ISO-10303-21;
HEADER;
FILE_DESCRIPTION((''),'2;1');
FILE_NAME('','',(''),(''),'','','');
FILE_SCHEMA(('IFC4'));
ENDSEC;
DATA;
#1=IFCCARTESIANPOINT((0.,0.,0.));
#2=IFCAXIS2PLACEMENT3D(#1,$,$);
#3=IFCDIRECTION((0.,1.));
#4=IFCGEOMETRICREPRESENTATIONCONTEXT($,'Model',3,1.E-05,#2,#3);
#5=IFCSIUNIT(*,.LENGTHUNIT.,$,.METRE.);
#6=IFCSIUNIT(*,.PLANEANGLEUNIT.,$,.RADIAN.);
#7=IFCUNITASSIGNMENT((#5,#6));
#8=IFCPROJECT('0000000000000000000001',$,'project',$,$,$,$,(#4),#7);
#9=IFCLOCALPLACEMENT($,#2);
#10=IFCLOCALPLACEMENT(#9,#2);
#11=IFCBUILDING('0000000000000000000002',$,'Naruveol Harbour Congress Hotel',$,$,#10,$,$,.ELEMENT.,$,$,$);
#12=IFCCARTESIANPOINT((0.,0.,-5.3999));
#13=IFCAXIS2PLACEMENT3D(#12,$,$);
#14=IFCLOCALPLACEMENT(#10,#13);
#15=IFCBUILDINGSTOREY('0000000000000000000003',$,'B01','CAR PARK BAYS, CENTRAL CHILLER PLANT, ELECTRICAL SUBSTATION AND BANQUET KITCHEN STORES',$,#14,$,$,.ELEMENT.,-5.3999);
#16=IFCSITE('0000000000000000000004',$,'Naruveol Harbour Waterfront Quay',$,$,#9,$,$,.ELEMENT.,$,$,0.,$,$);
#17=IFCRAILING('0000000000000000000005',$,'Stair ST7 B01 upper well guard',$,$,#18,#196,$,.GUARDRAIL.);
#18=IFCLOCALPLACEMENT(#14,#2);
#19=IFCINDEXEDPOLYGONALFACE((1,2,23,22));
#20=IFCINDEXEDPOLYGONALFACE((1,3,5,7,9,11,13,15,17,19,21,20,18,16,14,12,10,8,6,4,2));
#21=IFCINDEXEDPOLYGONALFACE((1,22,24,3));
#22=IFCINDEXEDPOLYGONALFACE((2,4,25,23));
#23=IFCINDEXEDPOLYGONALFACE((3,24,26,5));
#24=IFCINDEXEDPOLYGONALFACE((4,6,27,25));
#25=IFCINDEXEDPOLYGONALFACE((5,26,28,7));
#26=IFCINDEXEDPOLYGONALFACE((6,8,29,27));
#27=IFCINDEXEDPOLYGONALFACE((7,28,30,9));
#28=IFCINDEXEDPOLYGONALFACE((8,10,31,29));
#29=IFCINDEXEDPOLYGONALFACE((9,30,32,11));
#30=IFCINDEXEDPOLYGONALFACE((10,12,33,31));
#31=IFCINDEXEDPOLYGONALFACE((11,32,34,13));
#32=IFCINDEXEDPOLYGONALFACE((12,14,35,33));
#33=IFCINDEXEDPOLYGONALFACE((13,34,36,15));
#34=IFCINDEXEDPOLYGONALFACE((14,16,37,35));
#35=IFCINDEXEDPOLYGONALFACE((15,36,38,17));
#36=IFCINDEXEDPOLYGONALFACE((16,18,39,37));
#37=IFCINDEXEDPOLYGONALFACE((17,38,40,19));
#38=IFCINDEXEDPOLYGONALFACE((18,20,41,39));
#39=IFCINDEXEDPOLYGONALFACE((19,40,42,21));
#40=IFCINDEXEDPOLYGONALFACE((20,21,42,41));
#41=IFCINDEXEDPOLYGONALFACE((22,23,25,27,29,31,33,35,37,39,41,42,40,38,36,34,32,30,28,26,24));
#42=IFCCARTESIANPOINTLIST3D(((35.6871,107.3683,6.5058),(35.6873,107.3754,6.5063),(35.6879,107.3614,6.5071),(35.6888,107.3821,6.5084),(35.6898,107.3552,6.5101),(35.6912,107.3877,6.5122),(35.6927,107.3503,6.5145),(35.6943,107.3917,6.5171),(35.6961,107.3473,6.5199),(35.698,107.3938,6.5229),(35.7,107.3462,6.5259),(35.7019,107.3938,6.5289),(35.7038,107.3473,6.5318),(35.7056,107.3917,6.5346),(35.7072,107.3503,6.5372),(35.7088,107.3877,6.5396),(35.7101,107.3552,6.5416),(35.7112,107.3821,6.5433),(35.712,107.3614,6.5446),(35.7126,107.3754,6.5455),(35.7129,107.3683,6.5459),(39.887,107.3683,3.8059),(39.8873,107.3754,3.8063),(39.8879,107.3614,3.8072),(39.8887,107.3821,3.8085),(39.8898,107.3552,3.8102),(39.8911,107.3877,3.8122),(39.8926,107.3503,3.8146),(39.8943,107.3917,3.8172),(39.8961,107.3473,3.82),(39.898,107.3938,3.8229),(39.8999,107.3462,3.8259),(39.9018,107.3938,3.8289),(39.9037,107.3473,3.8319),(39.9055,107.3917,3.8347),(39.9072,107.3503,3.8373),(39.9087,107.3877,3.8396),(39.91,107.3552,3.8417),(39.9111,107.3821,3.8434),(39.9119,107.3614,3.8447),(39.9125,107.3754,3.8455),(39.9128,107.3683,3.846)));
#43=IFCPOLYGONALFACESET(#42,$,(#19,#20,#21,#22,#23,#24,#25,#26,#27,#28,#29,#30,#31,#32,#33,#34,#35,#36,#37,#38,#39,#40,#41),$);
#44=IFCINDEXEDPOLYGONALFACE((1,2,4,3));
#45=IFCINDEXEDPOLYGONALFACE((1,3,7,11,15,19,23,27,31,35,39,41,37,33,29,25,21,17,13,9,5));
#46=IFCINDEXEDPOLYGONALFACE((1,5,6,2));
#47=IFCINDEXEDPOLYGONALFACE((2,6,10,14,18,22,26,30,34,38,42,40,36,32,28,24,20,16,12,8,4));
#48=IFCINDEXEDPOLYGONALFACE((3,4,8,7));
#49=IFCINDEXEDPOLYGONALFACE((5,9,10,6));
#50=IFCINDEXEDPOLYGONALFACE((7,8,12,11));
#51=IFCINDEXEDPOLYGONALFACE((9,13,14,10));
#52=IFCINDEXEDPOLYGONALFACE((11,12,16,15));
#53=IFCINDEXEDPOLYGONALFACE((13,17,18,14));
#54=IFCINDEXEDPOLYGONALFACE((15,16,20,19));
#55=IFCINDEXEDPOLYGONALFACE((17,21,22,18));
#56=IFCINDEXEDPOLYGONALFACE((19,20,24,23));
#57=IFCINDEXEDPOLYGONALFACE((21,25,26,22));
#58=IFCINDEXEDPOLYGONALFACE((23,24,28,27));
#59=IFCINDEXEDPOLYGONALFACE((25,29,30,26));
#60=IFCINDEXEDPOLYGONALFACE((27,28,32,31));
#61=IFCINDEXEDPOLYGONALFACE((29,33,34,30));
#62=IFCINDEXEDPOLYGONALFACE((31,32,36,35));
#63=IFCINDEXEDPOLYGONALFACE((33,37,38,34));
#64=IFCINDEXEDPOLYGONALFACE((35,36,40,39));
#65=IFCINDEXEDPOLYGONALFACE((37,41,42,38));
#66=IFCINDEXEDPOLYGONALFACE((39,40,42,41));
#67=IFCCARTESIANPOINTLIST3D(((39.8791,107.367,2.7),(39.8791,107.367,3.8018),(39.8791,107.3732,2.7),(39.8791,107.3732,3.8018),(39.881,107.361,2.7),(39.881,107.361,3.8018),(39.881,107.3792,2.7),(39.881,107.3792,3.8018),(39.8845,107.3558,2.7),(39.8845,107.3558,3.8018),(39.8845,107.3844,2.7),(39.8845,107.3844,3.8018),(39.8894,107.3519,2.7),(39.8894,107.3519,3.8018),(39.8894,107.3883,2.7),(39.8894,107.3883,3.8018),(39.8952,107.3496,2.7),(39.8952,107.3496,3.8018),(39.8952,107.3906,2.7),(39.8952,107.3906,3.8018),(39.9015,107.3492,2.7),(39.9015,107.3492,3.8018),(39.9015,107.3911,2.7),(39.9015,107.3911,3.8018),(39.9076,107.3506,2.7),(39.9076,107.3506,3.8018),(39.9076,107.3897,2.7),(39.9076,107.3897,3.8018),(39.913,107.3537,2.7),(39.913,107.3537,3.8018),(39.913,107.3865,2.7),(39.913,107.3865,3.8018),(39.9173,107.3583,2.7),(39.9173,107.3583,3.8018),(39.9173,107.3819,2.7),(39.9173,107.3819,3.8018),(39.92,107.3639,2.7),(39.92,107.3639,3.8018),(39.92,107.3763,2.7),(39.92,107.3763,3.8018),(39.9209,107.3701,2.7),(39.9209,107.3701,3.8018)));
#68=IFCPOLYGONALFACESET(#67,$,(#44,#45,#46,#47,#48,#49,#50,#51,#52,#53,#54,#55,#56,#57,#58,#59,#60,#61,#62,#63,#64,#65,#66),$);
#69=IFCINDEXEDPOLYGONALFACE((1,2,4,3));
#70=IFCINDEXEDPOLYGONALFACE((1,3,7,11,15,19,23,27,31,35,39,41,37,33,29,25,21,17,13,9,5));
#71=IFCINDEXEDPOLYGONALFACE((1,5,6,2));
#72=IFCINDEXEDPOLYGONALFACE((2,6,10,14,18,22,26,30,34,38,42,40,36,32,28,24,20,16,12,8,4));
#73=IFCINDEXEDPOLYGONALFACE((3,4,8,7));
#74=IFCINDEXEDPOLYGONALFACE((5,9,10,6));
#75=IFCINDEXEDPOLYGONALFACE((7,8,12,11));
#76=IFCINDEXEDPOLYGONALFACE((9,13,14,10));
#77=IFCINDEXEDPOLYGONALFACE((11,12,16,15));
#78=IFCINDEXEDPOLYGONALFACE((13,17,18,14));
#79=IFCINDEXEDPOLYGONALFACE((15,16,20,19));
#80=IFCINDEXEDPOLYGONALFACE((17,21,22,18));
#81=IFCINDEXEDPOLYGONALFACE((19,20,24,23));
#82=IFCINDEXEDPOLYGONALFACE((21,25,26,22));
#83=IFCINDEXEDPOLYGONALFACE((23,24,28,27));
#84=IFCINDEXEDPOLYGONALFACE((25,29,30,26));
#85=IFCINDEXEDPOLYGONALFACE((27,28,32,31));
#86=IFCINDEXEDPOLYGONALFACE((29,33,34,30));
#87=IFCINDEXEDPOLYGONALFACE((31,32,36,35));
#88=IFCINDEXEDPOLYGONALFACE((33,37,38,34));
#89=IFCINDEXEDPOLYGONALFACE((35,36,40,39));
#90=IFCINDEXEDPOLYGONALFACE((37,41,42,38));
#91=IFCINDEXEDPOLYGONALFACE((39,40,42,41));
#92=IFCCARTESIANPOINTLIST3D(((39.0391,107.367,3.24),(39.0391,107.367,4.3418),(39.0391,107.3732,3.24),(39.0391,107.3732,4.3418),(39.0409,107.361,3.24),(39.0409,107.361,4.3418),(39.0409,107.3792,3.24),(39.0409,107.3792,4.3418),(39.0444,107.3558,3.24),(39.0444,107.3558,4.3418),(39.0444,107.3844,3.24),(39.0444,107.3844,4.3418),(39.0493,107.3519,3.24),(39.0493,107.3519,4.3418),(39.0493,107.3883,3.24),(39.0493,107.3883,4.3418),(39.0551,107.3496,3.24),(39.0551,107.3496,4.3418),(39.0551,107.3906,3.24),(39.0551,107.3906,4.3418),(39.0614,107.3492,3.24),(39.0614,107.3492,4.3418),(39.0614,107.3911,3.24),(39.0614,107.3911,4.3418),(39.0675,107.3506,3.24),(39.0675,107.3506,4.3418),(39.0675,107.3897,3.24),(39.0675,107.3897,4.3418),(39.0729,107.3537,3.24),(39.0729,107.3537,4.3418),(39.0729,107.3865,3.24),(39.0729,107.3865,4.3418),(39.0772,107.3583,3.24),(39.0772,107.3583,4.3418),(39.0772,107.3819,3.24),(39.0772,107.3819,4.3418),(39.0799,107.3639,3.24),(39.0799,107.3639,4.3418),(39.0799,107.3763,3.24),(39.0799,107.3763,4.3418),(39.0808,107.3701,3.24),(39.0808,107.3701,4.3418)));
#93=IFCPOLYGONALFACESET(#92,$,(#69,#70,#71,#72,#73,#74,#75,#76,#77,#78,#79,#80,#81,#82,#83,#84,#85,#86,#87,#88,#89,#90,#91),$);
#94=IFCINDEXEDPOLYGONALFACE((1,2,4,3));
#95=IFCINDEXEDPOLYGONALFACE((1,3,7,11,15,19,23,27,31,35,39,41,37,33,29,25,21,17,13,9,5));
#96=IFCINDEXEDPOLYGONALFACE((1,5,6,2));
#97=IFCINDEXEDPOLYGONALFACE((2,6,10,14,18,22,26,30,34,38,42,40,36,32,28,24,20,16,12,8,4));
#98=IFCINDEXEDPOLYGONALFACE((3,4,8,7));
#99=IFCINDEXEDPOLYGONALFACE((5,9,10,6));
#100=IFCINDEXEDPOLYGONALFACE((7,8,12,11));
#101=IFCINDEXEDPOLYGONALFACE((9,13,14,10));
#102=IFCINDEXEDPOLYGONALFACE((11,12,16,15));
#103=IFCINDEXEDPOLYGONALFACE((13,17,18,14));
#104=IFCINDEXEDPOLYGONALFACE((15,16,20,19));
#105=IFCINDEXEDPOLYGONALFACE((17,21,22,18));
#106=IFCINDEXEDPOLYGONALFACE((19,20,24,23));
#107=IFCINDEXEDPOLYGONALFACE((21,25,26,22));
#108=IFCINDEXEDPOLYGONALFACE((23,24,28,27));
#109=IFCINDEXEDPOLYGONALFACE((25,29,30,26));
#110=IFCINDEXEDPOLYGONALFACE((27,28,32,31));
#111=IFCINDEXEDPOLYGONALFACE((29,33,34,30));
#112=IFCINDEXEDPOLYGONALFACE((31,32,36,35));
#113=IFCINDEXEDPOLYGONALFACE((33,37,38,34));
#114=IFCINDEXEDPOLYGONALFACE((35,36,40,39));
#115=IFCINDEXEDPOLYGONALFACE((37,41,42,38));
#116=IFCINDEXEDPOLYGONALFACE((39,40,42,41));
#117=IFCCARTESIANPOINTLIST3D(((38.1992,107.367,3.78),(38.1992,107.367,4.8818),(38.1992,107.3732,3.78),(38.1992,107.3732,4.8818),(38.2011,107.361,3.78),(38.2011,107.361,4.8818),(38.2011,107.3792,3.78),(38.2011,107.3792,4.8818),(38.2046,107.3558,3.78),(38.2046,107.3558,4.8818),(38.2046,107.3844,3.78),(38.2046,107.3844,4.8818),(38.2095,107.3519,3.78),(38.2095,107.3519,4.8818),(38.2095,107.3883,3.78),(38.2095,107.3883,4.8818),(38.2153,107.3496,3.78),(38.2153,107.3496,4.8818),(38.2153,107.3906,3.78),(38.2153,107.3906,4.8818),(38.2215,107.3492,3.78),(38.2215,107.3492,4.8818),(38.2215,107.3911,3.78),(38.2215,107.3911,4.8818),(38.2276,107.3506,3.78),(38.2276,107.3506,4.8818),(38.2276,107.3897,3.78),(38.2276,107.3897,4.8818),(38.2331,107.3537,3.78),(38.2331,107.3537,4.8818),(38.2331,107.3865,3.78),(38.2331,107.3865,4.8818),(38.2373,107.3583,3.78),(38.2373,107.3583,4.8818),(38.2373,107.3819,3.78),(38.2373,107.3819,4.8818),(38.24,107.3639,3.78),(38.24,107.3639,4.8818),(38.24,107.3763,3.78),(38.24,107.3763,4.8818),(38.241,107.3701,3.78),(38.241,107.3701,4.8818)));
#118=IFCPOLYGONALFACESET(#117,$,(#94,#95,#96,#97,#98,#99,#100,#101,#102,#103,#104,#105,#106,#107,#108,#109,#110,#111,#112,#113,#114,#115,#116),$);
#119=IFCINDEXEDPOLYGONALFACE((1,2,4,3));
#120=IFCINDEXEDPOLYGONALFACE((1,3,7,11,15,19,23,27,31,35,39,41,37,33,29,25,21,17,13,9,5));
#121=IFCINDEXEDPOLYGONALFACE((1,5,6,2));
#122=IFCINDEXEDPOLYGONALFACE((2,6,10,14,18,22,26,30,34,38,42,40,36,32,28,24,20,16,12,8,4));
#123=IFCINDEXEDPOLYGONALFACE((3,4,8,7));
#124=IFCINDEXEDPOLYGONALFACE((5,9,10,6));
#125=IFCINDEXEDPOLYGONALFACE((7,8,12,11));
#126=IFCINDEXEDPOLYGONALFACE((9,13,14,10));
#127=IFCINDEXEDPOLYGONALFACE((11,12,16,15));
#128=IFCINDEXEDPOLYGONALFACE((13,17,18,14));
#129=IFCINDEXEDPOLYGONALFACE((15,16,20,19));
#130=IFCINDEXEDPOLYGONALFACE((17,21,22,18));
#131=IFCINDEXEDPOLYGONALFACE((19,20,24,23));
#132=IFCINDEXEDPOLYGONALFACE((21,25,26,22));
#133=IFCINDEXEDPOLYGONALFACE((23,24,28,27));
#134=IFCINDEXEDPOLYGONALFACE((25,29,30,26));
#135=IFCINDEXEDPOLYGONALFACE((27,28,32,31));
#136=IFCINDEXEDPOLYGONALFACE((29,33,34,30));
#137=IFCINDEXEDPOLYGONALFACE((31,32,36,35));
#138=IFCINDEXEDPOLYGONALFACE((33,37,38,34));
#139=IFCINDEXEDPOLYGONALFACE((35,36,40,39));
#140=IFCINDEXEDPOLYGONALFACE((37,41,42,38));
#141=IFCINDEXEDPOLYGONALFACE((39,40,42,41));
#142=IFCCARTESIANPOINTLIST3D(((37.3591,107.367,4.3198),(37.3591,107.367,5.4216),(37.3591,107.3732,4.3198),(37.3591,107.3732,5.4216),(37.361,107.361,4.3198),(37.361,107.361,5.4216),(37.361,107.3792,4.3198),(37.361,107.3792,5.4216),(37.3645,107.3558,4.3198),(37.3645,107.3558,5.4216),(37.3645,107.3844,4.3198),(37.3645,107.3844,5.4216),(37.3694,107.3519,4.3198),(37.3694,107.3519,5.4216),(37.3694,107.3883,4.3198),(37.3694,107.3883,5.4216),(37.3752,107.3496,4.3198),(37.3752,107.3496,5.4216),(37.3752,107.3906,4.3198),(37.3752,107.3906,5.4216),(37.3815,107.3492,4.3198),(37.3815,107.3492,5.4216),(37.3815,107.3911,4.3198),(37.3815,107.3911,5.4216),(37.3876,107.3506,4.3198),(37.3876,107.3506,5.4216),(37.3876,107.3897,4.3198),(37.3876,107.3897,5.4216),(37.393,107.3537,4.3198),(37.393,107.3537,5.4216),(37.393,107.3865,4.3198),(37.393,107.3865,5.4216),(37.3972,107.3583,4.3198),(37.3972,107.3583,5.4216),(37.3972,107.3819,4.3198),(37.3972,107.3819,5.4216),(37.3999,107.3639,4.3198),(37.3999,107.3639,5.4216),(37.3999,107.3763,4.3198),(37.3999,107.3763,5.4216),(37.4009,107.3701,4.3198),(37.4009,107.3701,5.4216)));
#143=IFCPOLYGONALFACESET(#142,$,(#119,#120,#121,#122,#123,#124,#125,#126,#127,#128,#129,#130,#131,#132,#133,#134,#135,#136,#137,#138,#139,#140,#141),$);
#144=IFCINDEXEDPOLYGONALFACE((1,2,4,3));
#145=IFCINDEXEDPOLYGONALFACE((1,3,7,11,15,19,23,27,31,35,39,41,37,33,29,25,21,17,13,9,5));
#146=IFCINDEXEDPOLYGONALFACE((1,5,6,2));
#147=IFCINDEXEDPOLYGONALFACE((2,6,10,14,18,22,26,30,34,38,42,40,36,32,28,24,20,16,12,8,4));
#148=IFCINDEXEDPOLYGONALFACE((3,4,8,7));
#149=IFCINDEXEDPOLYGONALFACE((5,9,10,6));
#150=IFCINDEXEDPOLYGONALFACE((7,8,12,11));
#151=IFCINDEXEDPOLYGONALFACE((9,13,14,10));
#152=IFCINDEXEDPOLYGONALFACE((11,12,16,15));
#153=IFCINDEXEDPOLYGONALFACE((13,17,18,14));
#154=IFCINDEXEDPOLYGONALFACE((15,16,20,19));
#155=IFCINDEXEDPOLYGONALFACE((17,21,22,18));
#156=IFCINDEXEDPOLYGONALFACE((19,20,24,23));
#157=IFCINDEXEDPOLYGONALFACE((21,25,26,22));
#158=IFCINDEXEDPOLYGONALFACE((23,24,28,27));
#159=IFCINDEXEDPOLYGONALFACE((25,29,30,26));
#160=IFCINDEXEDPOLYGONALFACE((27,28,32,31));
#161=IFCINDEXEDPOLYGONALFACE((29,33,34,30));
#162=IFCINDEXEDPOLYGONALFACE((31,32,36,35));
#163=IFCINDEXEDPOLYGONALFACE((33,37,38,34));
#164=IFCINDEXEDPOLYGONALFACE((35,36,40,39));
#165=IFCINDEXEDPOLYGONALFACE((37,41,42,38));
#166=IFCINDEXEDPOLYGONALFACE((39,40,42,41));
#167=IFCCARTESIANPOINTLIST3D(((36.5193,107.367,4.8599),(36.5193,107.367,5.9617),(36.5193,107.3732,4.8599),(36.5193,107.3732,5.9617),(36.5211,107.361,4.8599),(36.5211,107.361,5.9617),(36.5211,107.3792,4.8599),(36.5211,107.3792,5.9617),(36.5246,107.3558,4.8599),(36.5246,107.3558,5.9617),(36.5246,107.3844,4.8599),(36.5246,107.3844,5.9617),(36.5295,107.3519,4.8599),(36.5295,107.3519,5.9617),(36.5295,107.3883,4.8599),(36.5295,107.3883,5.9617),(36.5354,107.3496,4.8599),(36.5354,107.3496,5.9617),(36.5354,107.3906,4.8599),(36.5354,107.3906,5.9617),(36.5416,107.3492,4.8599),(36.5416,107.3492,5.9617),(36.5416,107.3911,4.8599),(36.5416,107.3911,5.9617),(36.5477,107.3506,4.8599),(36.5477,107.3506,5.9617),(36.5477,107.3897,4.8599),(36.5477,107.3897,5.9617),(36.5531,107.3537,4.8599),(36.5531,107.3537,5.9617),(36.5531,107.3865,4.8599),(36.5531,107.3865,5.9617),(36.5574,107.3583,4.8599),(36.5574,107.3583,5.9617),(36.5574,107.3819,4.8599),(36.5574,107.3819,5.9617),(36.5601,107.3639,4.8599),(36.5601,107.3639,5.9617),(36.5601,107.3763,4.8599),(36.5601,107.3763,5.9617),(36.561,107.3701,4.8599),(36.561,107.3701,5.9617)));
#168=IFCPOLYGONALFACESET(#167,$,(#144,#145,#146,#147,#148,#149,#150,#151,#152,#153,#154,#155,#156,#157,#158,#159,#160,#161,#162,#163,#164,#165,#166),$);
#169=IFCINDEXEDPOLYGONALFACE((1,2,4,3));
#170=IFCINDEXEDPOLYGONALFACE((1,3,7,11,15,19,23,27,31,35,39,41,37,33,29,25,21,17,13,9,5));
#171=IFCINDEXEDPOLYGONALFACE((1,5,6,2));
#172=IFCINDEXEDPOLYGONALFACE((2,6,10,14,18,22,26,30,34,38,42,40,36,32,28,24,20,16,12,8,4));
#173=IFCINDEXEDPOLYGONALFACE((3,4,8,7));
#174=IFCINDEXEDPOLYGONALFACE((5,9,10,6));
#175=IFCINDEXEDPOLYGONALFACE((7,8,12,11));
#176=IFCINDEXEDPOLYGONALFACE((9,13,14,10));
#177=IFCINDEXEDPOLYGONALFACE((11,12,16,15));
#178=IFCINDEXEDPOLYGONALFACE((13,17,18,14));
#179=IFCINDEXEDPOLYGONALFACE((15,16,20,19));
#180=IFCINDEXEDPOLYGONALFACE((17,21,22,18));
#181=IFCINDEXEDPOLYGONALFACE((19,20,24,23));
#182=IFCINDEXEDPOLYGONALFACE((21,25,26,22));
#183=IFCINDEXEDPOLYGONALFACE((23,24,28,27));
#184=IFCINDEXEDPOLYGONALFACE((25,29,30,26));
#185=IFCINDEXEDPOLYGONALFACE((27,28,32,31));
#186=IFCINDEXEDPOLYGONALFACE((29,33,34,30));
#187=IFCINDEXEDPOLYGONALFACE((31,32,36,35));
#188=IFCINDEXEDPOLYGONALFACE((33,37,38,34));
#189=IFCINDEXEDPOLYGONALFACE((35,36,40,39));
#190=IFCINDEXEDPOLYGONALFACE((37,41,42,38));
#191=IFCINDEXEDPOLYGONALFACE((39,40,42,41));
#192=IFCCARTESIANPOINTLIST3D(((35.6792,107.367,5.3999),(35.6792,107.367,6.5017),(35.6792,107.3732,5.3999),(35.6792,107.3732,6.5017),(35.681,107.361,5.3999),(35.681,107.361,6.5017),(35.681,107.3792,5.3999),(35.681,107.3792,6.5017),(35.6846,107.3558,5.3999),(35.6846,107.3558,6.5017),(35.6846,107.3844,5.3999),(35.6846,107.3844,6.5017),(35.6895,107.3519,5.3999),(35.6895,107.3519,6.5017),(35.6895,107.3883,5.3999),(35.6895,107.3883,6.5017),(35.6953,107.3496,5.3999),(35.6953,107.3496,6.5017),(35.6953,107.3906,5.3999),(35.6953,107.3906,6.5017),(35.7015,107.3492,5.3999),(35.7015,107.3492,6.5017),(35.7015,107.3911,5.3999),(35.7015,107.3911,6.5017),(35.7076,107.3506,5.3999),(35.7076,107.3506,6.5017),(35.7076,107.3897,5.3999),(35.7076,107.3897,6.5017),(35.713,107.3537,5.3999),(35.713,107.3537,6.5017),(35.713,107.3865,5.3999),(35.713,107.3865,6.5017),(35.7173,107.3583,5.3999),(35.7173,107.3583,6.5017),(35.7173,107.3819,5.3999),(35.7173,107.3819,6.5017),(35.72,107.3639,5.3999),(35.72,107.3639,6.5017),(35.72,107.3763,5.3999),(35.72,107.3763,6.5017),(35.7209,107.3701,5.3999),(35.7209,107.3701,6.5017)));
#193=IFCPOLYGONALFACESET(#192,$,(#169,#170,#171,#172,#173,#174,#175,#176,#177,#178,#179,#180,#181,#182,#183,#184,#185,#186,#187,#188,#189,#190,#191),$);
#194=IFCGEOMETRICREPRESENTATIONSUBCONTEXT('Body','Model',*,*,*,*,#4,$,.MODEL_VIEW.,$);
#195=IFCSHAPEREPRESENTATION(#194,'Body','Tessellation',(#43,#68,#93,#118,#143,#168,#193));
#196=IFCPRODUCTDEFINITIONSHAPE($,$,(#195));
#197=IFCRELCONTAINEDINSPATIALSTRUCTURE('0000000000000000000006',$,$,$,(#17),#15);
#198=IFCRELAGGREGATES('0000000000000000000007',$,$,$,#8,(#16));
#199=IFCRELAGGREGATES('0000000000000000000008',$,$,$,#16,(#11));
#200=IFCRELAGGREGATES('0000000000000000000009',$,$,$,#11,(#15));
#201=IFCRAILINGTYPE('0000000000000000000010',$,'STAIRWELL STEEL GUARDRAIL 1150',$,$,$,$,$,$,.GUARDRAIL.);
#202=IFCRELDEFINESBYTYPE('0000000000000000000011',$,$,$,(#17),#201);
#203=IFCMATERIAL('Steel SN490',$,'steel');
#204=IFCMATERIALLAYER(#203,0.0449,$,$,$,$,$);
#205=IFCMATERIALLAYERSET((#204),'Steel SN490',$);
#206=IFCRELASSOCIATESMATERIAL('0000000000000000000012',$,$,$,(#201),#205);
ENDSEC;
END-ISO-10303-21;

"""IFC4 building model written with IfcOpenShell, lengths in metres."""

from ifc_helpers import new_model, si_unit, direction, frame, origin, origin_2d, place, context, subcontext, project, spatial, circle, extrude, material, layer, layer_set, type_object, element, save


model = new_model("IFC4")

# Units and contexts
model_context = context("Model", 3, precision=1e-05, world=origin(), true_north=direction((0.0, 1.0)))
body_context = subcontext(model_context, "Body", "Model", "MODEL_VIEW")
ifc_project = project(units=[si_unit("LENGTHUNIT", "METRE"), si_unit("PLANEANGLEUNIT", "RADIAN")], contexts=[model_context])

# Site, building, storey
site_placement = place(None, origin())
site = spatial("IfcSite", under=ifc_project, at=site_placement, Name="Naruveol Harbour Waterfront Quay", CompositionType="ELEMENT", RefElevation=0.0)
building_placement = place(site_placement, origin())
building = spatial("IfcBuilding", under=site, at=building_placement, Name="Naruveol Harbour Congress Hotel", CompositionType="ELEMENT")
storey_placement = place(building_placement, frame((0.0, 0.0, -5.3999)))
storey = spatial("IfcBuildingStorey", under=building, at=storey_placement, Name="B01", Description="CAR PARK BAYS, CENTRAL CHILLER PLANT, ELECTRICAL SUBSTATION AND BANQUET KITCHEN STORES", CompositionType="ELEMENT", Elevation=-5.3999)

# Railing
ifc_material_1 = material(Name="Steel SN490", Category="steel")
ifc_layer_1 = layer(ifc_material_1, 0.0449)
ifc_layer_set_1 = layer_set([ifc_layer_1], Name="Steel SN490")
railing_type_1 = type_object("IfcRailingType", Name="STAIRWELL STEEL GUARDRAIL 1150", PredefinedType="GUARDRAIL", material=ifc_layer_set_1)
railing_1_placement = place(storey_placement, frame((39.8999, 107.3701, 2.7)))
element("IfcRailing", 1, at=railing_1_placement, inside=storey, type_object=railing_type_1, Name="Stair ST7 B01 upper well guard", PredefinedType="GUARDRAIL", context=body_context, shape_type="SweptSolid", body=[
    extrude(circle(Radius=0.0239, at=origin_2d()), frame((0.0, 0.0, 1.126), z_axis=(-0.84118, 0.0, 0.540755), x_axis=(0.0, -1.0, 0.0)), (0.0, 0.0, 1.0), 4.9929),
    extrude(circle(Radius=0.021, at=origin_2d()), origin(), (0.0, 0.0, 1.0), 1.1018),
    extrude(circle(Radius=0.021, at=origin_2d()), frame((-0.8401, 0.0, 0.54)), (0.0, 0.0, 1.0), 1.1018),
    extrude(circle(Radius=0.021, at=origin_2d()), frame((-1.6799, 0.0, 1.0801)), (0.0, 0.0, 1.0), 1.1018),
    extrude(circle(Radius=0.021, at=origin_2d()), frame((-2.52, 0.0, 1.6199)), (0.0, 0.0, 1.0), 1.1018),
    extrude(circle(Radius=0.021, at=origin_2d()), frame((-3.3599, 0.0, 2.1599)), (0.0, 0.0, 1.0), 1.1018),
    extrude(circle(Radius=0.021, at=origin_2d()), frame((-4.2, 0.0, 2.7)), (0.0, 0.0, 1.0), 1.1018),
])

save(model, "model.ifc")
